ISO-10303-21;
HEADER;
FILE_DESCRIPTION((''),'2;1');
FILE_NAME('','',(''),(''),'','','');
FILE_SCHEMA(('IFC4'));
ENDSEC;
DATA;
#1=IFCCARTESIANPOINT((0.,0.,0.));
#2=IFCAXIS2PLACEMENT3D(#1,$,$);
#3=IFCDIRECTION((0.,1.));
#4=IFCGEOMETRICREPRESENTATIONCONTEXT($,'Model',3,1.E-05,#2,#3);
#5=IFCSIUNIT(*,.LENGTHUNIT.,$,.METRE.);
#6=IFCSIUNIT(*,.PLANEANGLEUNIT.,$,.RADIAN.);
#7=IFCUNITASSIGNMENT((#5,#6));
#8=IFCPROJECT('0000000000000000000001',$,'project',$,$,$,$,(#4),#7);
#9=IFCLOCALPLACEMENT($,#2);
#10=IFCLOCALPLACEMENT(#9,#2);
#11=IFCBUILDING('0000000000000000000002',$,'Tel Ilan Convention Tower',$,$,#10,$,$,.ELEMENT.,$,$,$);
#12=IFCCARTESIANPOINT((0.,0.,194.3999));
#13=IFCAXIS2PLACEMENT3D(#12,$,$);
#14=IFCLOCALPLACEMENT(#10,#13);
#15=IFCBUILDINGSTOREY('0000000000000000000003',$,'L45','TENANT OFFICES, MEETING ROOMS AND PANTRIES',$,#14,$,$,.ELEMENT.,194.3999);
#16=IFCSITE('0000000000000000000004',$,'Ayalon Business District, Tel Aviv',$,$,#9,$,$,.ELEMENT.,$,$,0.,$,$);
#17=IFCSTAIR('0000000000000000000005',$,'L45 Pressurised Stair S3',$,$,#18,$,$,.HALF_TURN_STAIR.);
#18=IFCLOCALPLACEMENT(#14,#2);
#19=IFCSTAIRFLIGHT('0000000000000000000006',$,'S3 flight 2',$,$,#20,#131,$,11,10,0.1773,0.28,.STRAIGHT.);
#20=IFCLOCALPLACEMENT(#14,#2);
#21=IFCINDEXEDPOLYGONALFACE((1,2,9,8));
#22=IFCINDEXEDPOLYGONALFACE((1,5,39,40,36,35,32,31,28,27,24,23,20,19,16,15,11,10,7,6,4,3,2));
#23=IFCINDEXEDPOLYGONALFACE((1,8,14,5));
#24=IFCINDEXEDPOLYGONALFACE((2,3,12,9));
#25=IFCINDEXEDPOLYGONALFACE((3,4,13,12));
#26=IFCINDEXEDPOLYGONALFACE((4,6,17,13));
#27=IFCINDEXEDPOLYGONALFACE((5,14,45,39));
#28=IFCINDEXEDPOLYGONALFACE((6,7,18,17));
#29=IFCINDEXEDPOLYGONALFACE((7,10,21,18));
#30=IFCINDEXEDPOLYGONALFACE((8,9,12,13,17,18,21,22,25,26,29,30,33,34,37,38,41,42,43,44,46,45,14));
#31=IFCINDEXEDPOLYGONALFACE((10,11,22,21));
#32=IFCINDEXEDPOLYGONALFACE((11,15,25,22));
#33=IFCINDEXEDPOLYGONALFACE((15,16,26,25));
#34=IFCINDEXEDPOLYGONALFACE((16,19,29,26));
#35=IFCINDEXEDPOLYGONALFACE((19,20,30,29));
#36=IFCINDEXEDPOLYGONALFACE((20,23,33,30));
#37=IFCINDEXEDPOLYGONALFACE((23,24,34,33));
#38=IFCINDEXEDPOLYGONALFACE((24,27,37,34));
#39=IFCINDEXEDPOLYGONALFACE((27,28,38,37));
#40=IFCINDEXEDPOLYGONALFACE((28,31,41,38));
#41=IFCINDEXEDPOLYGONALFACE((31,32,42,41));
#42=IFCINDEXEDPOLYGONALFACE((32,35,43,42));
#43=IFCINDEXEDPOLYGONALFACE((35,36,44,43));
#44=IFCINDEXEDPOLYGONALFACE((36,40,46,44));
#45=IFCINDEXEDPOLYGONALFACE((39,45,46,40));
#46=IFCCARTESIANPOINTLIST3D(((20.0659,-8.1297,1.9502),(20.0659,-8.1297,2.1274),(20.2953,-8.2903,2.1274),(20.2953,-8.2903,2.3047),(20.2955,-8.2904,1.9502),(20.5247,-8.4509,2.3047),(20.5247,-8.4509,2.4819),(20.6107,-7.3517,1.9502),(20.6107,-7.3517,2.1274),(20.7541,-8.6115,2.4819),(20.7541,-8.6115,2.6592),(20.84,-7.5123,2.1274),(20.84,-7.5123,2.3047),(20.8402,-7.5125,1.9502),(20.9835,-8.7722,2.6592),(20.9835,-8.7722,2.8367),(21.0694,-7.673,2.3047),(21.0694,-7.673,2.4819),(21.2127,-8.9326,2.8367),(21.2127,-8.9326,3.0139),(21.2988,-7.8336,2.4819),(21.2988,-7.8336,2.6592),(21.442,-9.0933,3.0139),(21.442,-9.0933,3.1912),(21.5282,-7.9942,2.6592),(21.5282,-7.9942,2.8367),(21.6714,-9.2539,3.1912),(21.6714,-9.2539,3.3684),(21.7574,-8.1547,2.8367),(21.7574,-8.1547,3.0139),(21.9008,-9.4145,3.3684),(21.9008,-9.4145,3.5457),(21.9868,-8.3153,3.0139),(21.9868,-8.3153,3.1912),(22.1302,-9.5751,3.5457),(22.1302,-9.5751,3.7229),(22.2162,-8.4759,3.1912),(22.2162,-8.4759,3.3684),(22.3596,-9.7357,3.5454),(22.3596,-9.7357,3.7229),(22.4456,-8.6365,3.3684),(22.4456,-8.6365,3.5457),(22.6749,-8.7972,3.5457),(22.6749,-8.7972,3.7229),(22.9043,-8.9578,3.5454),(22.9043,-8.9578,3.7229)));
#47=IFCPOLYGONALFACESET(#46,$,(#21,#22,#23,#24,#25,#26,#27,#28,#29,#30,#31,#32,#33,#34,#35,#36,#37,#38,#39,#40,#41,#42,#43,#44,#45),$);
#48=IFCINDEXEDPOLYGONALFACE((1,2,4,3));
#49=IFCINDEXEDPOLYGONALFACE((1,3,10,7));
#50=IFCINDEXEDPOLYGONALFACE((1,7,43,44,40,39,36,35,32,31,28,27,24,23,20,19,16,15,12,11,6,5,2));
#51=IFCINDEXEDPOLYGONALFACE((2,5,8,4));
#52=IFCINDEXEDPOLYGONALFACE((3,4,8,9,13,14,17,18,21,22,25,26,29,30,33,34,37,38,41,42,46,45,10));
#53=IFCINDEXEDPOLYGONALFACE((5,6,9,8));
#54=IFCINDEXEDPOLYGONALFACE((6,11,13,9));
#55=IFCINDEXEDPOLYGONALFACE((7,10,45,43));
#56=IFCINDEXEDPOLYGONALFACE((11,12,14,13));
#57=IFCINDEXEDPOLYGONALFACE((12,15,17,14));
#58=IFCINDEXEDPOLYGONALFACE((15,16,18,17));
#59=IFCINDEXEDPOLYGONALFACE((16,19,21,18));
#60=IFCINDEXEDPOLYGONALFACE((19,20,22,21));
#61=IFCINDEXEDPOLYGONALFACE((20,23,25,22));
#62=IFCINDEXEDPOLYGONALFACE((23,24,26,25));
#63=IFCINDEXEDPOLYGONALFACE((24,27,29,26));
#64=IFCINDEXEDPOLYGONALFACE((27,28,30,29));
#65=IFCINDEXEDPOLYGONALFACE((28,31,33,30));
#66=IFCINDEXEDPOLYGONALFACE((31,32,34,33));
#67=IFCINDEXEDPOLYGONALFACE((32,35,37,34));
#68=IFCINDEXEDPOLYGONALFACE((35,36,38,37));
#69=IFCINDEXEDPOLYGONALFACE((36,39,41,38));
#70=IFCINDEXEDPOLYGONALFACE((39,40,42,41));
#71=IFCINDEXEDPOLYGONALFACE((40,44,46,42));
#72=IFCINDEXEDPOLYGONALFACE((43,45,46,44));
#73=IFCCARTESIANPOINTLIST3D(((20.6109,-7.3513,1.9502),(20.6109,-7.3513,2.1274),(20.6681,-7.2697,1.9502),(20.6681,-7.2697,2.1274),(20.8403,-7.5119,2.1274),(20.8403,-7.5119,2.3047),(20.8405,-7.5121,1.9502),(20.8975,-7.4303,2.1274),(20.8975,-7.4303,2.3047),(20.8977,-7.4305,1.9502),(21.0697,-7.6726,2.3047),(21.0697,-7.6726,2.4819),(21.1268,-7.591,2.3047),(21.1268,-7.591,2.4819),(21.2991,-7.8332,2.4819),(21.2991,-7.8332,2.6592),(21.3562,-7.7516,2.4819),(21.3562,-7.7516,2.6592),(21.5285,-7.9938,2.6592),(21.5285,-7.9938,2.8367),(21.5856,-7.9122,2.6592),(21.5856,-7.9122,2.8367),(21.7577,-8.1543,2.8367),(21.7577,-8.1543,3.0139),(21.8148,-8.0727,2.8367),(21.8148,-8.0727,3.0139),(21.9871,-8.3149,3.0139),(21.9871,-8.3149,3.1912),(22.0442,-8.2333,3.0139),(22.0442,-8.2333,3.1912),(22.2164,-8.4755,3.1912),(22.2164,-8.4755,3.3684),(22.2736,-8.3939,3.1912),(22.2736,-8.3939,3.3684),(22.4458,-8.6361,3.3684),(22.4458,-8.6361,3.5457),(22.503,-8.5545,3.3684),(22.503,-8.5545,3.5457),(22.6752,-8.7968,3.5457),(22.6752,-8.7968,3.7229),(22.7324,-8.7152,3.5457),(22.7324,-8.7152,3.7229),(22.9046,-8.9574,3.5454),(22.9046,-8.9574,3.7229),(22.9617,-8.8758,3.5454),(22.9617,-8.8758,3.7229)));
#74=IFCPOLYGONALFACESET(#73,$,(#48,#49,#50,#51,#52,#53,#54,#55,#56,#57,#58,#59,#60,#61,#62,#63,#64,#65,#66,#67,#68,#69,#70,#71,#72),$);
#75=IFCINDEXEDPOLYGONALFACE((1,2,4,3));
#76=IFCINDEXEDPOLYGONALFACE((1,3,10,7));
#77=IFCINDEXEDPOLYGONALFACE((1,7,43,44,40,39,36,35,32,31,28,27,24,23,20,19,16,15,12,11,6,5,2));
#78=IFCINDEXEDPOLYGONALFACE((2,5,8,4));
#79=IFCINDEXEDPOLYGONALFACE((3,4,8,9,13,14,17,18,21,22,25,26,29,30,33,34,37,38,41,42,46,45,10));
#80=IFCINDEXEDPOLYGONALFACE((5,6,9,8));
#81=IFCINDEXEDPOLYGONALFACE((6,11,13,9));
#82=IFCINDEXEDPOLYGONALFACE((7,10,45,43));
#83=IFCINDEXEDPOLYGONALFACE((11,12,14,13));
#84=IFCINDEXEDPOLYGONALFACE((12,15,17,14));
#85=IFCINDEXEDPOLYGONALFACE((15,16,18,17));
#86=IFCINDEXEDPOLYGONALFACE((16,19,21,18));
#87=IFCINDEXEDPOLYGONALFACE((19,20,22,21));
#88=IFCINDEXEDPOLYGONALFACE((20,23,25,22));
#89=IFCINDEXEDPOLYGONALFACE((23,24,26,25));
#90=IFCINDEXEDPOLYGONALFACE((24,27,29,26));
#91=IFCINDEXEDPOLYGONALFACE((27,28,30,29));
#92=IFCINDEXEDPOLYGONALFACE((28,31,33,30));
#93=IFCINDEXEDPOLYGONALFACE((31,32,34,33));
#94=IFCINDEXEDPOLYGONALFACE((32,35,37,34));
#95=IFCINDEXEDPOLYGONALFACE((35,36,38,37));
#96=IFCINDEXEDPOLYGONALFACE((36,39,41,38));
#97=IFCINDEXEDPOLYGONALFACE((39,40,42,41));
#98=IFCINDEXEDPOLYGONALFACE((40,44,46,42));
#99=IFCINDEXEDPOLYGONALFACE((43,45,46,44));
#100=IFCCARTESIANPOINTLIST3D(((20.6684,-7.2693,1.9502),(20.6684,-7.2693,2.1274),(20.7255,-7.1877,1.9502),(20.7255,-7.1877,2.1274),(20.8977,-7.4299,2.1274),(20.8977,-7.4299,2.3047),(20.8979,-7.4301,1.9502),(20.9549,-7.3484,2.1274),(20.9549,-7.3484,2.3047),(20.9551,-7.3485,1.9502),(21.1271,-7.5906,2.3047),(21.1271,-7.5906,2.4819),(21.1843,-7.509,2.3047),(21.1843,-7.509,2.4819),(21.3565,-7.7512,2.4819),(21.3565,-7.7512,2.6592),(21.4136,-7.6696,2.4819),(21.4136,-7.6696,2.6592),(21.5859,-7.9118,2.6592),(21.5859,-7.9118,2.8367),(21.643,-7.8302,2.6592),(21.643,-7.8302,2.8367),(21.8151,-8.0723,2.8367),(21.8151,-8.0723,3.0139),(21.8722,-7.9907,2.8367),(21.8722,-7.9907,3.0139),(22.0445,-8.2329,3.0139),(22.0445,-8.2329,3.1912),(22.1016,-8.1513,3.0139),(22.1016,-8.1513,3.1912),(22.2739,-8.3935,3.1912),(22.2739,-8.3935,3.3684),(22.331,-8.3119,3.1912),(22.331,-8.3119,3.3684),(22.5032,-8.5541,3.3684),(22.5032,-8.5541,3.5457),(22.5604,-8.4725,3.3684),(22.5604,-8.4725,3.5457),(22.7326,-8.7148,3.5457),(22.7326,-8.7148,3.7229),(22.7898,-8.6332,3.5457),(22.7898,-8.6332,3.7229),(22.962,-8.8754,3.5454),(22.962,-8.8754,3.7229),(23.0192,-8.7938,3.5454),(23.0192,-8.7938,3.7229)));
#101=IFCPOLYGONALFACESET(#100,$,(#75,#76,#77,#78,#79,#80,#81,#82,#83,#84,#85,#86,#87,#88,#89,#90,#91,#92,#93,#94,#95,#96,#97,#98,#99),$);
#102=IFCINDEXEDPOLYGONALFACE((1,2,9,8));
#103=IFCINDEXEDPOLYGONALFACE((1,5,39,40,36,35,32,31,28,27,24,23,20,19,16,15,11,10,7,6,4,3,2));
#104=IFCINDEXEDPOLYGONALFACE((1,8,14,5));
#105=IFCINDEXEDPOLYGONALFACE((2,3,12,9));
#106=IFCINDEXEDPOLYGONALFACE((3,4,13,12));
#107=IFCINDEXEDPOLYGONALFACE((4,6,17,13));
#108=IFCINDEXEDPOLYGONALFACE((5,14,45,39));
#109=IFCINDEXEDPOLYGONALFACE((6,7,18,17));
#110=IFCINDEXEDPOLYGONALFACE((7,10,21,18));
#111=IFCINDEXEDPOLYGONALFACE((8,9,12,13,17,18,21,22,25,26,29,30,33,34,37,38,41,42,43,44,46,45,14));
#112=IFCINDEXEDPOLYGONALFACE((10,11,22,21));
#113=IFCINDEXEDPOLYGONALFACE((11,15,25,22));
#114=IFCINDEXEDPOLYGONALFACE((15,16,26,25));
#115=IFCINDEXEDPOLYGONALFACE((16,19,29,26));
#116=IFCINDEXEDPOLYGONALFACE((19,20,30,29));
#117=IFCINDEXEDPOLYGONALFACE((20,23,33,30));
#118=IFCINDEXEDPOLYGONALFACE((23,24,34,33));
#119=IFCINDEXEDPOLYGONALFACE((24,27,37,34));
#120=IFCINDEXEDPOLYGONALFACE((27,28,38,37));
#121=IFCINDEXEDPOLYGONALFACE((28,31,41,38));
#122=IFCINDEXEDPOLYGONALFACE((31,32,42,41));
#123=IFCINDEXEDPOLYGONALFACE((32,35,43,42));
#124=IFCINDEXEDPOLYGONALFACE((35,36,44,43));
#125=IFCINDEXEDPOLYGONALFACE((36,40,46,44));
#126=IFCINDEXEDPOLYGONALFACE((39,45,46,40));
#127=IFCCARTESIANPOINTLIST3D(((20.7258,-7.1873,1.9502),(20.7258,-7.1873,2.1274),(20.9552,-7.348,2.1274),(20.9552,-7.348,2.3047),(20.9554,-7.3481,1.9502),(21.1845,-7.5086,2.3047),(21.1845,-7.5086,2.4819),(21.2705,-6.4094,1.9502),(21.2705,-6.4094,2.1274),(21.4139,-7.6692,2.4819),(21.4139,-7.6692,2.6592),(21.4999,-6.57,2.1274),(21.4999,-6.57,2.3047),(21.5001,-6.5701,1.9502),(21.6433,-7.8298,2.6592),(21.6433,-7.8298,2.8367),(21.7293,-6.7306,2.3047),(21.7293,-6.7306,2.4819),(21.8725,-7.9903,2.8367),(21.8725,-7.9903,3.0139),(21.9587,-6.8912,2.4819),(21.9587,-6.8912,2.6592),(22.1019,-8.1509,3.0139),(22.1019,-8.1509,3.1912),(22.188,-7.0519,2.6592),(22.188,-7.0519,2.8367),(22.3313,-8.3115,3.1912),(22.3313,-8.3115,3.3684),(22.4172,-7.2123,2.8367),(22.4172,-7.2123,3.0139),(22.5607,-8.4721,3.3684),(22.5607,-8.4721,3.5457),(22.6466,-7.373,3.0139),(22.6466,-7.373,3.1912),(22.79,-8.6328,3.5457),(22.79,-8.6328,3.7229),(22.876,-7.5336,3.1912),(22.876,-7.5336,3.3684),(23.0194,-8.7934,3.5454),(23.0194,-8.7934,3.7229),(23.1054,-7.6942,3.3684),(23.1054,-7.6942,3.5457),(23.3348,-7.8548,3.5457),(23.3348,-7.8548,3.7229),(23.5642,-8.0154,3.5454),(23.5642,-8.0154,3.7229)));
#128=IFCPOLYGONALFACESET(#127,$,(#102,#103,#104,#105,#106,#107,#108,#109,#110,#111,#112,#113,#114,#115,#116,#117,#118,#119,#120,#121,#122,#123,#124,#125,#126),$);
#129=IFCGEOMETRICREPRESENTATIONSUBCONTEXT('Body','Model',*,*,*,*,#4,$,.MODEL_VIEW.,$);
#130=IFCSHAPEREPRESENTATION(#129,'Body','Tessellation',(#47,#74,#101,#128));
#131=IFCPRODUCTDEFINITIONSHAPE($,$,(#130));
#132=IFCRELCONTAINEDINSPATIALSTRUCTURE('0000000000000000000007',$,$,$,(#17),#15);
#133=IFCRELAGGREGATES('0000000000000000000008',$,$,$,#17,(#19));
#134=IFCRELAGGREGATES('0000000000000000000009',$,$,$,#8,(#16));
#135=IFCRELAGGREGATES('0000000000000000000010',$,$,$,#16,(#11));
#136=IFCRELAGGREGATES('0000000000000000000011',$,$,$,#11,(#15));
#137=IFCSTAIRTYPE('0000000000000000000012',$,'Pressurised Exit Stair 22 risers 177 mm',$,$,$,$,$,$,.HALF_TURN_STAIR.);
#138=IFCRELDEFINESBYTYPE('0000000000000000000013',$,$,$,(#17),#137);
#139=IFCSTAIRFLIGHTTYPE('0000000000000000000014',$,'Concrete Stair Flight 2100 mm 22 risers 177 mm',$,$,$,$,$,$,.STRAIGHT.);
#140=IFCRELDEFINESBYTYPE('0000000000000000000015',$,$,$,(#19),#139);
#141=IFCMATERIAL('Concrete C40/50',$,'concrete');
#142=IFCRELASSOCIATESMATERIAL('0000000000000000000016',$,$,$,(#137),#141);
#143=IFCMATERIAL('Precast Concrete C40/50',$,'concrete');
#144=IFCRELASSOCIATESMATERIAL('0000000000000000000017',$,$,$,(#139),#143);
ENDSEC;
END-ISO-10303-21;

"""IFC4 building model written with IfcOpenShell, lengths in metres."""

from ifc_helpers import new_model, si_unit, direction, frame, origin, place, context, subcontext, project, spatial, polyline, outline, extrude, material, type_object, element, aggregate, save


model = new_model("IFC4")

# Units and contexts
model_context = context("Model", 3, precision=1e-05, world=origin(), true_north=direction((0.0, 1.0)))
body_context = subcontext(model_context, "Body", "Model", "MODEL_VIEW")
ifc_project = project(units=[si_unit("LENGTHUNIT", "METRE"), si_unit("PLANEANGLEUNIT", "RADIAN")], contexts=[model_context])

# Site, building, storey
site_placement = place(None, origin())
site = spatial("IfcSite", under=ifc_project, at=site_placement, Name="Ayalon Business District, Tel Aviv", CompositionType="ELEMENT", RefElevation=0.0)
building_placement = place(site_placement, origin())
building = spatial("IfcBuilding", under=site, at=building_placement, Name="Tel Ilan Convention Tower", CompositionType="ELEMENT")
storey_placement = place(building_placement, frame((0.0, 0.0, 194.3999)))
storey = spatial("IfcBuildingStorey", under=building, at=storey_placement, Name="L45", Description="TENANT OFFICES, MEETING ROOMS AND PANTRIES", CompositionType="ELEMENT", Elevation=194.3999)

# Stair, stair flight
ifc_material_1 = material(Name="Concrete C40/50", Category="concrete")
stair_type = type_object("IfcStairType", Name="Pressurised Exit Stair 22 risers 177 mm", PredefinedType="HALF_TURN_STAIR", material=ifc_material_1)
stair_1_placement = place(storey_placement, origin())
stair_1 = element("IfcStair", 1, at=stair_1_placement, inside=storey, type_object=stair_type, Name="L45 Pressurised Stair S3", PredefinedType="HALF_TURN_STAIR")
ifc_material_2 = material(Name="Precast Concrete C40/50", Category="concrete")
stair_flight_type = type_object("IfcStairFlightType", Name="Concrete Stair Flight 2100 mm 22 risers 177 mm", PredefinedType="STRAIGHT", material=ifc_material_2)
stair_flight_1_placement = place(storey_placement, frame((20.6682, -7.2695, 1.9502), z_axis=(0.0, 0.0, 1.0), x_axis=(0.819152, -0.573576, 0.0)))
stair_flight_1 = element("IfcStairFlight", 2, at=stair_flight_1_placement, type_object=stair_flight_type, Name="S3 flight 2", NumberOfRisers=11, NumberOfTreads=10, PredefinedType="STRAIGHT", RiserHeight=0.1773, TreadLength=0.28, context=body_context, shape_type="SweptSolid", body=[
    extrude(outline(polyline([(0.0, 0.0), (0.0, 0.1772), (0.28, 0.1772), (0.28, 0.3545), (0.5601, 0.3545), (0.5601, 0.5317), (0.8401, 0.5317), (0.8401, 0.709), (1.1201, 0.709), (1.1201, 0.8865), (1.3999, 0.8865), (1.3999, 1.0637), (1.6799, 1.0637), (1.6799, 1.241), (1.96, 1.241), (1.96, 1.4182), (2.24, 1.4182), (2.24, 1.5955), (2.52, 1.5955), (2.52, 1.7727), (2.8, 1.7727), (2.8, 1.95), (2.8, 1.5952), (0.2803, 0.0), (0.0, 0.0)])), frame((0.0, -0.1003, 0.0), z_axis=(0.0, -1.0, 0.0), x_axis=(1.0, 0.0, 0.0)), (0.0, 0.0, 1.0), 0.9497),
    extrude(outline(polyline([(0.0, 0.0), (0.0, 0.1772), (0.28, 0.1772), (0.28, 0.3545), (0.5601, 0.3545), (0.5601, 0.5317), (0.8401, 0.5317), (0.8401, 0.709), (1.1201, 0.709), (1.1201, 0.8865), (1.3999, 0.8865), (1.3999, 1.0637), (1.6799, 1.0637), (1.6799, 1.241), (1.96, 1.241), (1.96, 1.4182), (2.24, 1.4182), (2.24, 1.5955), (2.52, 1.5955), (2.52, 1.7727), (2.8, 1.7727), (2.8, 1.95), (2.8, 1.5952), (0.2803, 0.0), (0.0, 0.0)])), frame((0.0, -0.0002, 0.0), z_axis=(0.0, -1.0, 0.0), x_axis=(1.0, 0.0, 0.0)), (0.0, 0.0, 1.0), 0.0996),
    extrude(outline(polyline([(0.0, 0.0), (0.0, 0.1772), (0.28, 0.1772), (0.28, 0.3545), (0.5601, 0.3545), (0.5601, 0.5317), (0.8401, 0.5317), (0.8401, 0.709), (1.1201, 0.709), (1.1201, 0.8865), (1.3999, 0.8865), (1.3999, 1.0637), (1.6799, 1.0637), (1.6799, 1.241), (1.96, 1.241), (1.96, 1.4182), (2.24, 1.4182), (2.24, 1.5955), (2.52, 1.5955), (2.52, 1.7727), (2.8, 1.7727), (2.8, 1.95), (2.8, 1.5952), (0.2803, 0.0), (0.0, 0.0)])), frame((0.0, 0.0999, 0.0), z_axis=(0.0, -1.0, 0.0), x_axis=(1.0, 0.0, 0.0)), (0.0, 0.0, 1.0), 0.0996),
    extrude(outline(polyline([(0.0, 0.0), (0.0, 0.1772), (0.28, 0.1772), (0.28, 0.3545), (0.5601, 0.3545), (0.5601, 0.5317), (0.8401, 0.5317), (0.8401, 0.709), (1.1201, 0.709), (1.1201, 0.8865), (1.3999, 0.8865), (1.3999, 1.0637), (1.6799, 1.0637), (1.6799, 1.241), (1.96, 1.241), (1.96, 1.4182), (2.24, 1.4182), (2.24, 1.5955), (2.52, 1.5955), (2.52, 1.7727), (2.8, 1.7727), (2.8, 1.95), (2.8, 1.5952), (0.2803, 0.0), (0.0, 0.0)])), frame((0.0, 1.05, 0.0), z_axis=(0.0, -1.0, 0.0), x_axis=(1.0, 0.0, 0.0)), (0.0, 0.0, 1.0), 0.9497),
])
aggregate(stair_1, [stair_flight_1])

save(model, "model.ifc")
